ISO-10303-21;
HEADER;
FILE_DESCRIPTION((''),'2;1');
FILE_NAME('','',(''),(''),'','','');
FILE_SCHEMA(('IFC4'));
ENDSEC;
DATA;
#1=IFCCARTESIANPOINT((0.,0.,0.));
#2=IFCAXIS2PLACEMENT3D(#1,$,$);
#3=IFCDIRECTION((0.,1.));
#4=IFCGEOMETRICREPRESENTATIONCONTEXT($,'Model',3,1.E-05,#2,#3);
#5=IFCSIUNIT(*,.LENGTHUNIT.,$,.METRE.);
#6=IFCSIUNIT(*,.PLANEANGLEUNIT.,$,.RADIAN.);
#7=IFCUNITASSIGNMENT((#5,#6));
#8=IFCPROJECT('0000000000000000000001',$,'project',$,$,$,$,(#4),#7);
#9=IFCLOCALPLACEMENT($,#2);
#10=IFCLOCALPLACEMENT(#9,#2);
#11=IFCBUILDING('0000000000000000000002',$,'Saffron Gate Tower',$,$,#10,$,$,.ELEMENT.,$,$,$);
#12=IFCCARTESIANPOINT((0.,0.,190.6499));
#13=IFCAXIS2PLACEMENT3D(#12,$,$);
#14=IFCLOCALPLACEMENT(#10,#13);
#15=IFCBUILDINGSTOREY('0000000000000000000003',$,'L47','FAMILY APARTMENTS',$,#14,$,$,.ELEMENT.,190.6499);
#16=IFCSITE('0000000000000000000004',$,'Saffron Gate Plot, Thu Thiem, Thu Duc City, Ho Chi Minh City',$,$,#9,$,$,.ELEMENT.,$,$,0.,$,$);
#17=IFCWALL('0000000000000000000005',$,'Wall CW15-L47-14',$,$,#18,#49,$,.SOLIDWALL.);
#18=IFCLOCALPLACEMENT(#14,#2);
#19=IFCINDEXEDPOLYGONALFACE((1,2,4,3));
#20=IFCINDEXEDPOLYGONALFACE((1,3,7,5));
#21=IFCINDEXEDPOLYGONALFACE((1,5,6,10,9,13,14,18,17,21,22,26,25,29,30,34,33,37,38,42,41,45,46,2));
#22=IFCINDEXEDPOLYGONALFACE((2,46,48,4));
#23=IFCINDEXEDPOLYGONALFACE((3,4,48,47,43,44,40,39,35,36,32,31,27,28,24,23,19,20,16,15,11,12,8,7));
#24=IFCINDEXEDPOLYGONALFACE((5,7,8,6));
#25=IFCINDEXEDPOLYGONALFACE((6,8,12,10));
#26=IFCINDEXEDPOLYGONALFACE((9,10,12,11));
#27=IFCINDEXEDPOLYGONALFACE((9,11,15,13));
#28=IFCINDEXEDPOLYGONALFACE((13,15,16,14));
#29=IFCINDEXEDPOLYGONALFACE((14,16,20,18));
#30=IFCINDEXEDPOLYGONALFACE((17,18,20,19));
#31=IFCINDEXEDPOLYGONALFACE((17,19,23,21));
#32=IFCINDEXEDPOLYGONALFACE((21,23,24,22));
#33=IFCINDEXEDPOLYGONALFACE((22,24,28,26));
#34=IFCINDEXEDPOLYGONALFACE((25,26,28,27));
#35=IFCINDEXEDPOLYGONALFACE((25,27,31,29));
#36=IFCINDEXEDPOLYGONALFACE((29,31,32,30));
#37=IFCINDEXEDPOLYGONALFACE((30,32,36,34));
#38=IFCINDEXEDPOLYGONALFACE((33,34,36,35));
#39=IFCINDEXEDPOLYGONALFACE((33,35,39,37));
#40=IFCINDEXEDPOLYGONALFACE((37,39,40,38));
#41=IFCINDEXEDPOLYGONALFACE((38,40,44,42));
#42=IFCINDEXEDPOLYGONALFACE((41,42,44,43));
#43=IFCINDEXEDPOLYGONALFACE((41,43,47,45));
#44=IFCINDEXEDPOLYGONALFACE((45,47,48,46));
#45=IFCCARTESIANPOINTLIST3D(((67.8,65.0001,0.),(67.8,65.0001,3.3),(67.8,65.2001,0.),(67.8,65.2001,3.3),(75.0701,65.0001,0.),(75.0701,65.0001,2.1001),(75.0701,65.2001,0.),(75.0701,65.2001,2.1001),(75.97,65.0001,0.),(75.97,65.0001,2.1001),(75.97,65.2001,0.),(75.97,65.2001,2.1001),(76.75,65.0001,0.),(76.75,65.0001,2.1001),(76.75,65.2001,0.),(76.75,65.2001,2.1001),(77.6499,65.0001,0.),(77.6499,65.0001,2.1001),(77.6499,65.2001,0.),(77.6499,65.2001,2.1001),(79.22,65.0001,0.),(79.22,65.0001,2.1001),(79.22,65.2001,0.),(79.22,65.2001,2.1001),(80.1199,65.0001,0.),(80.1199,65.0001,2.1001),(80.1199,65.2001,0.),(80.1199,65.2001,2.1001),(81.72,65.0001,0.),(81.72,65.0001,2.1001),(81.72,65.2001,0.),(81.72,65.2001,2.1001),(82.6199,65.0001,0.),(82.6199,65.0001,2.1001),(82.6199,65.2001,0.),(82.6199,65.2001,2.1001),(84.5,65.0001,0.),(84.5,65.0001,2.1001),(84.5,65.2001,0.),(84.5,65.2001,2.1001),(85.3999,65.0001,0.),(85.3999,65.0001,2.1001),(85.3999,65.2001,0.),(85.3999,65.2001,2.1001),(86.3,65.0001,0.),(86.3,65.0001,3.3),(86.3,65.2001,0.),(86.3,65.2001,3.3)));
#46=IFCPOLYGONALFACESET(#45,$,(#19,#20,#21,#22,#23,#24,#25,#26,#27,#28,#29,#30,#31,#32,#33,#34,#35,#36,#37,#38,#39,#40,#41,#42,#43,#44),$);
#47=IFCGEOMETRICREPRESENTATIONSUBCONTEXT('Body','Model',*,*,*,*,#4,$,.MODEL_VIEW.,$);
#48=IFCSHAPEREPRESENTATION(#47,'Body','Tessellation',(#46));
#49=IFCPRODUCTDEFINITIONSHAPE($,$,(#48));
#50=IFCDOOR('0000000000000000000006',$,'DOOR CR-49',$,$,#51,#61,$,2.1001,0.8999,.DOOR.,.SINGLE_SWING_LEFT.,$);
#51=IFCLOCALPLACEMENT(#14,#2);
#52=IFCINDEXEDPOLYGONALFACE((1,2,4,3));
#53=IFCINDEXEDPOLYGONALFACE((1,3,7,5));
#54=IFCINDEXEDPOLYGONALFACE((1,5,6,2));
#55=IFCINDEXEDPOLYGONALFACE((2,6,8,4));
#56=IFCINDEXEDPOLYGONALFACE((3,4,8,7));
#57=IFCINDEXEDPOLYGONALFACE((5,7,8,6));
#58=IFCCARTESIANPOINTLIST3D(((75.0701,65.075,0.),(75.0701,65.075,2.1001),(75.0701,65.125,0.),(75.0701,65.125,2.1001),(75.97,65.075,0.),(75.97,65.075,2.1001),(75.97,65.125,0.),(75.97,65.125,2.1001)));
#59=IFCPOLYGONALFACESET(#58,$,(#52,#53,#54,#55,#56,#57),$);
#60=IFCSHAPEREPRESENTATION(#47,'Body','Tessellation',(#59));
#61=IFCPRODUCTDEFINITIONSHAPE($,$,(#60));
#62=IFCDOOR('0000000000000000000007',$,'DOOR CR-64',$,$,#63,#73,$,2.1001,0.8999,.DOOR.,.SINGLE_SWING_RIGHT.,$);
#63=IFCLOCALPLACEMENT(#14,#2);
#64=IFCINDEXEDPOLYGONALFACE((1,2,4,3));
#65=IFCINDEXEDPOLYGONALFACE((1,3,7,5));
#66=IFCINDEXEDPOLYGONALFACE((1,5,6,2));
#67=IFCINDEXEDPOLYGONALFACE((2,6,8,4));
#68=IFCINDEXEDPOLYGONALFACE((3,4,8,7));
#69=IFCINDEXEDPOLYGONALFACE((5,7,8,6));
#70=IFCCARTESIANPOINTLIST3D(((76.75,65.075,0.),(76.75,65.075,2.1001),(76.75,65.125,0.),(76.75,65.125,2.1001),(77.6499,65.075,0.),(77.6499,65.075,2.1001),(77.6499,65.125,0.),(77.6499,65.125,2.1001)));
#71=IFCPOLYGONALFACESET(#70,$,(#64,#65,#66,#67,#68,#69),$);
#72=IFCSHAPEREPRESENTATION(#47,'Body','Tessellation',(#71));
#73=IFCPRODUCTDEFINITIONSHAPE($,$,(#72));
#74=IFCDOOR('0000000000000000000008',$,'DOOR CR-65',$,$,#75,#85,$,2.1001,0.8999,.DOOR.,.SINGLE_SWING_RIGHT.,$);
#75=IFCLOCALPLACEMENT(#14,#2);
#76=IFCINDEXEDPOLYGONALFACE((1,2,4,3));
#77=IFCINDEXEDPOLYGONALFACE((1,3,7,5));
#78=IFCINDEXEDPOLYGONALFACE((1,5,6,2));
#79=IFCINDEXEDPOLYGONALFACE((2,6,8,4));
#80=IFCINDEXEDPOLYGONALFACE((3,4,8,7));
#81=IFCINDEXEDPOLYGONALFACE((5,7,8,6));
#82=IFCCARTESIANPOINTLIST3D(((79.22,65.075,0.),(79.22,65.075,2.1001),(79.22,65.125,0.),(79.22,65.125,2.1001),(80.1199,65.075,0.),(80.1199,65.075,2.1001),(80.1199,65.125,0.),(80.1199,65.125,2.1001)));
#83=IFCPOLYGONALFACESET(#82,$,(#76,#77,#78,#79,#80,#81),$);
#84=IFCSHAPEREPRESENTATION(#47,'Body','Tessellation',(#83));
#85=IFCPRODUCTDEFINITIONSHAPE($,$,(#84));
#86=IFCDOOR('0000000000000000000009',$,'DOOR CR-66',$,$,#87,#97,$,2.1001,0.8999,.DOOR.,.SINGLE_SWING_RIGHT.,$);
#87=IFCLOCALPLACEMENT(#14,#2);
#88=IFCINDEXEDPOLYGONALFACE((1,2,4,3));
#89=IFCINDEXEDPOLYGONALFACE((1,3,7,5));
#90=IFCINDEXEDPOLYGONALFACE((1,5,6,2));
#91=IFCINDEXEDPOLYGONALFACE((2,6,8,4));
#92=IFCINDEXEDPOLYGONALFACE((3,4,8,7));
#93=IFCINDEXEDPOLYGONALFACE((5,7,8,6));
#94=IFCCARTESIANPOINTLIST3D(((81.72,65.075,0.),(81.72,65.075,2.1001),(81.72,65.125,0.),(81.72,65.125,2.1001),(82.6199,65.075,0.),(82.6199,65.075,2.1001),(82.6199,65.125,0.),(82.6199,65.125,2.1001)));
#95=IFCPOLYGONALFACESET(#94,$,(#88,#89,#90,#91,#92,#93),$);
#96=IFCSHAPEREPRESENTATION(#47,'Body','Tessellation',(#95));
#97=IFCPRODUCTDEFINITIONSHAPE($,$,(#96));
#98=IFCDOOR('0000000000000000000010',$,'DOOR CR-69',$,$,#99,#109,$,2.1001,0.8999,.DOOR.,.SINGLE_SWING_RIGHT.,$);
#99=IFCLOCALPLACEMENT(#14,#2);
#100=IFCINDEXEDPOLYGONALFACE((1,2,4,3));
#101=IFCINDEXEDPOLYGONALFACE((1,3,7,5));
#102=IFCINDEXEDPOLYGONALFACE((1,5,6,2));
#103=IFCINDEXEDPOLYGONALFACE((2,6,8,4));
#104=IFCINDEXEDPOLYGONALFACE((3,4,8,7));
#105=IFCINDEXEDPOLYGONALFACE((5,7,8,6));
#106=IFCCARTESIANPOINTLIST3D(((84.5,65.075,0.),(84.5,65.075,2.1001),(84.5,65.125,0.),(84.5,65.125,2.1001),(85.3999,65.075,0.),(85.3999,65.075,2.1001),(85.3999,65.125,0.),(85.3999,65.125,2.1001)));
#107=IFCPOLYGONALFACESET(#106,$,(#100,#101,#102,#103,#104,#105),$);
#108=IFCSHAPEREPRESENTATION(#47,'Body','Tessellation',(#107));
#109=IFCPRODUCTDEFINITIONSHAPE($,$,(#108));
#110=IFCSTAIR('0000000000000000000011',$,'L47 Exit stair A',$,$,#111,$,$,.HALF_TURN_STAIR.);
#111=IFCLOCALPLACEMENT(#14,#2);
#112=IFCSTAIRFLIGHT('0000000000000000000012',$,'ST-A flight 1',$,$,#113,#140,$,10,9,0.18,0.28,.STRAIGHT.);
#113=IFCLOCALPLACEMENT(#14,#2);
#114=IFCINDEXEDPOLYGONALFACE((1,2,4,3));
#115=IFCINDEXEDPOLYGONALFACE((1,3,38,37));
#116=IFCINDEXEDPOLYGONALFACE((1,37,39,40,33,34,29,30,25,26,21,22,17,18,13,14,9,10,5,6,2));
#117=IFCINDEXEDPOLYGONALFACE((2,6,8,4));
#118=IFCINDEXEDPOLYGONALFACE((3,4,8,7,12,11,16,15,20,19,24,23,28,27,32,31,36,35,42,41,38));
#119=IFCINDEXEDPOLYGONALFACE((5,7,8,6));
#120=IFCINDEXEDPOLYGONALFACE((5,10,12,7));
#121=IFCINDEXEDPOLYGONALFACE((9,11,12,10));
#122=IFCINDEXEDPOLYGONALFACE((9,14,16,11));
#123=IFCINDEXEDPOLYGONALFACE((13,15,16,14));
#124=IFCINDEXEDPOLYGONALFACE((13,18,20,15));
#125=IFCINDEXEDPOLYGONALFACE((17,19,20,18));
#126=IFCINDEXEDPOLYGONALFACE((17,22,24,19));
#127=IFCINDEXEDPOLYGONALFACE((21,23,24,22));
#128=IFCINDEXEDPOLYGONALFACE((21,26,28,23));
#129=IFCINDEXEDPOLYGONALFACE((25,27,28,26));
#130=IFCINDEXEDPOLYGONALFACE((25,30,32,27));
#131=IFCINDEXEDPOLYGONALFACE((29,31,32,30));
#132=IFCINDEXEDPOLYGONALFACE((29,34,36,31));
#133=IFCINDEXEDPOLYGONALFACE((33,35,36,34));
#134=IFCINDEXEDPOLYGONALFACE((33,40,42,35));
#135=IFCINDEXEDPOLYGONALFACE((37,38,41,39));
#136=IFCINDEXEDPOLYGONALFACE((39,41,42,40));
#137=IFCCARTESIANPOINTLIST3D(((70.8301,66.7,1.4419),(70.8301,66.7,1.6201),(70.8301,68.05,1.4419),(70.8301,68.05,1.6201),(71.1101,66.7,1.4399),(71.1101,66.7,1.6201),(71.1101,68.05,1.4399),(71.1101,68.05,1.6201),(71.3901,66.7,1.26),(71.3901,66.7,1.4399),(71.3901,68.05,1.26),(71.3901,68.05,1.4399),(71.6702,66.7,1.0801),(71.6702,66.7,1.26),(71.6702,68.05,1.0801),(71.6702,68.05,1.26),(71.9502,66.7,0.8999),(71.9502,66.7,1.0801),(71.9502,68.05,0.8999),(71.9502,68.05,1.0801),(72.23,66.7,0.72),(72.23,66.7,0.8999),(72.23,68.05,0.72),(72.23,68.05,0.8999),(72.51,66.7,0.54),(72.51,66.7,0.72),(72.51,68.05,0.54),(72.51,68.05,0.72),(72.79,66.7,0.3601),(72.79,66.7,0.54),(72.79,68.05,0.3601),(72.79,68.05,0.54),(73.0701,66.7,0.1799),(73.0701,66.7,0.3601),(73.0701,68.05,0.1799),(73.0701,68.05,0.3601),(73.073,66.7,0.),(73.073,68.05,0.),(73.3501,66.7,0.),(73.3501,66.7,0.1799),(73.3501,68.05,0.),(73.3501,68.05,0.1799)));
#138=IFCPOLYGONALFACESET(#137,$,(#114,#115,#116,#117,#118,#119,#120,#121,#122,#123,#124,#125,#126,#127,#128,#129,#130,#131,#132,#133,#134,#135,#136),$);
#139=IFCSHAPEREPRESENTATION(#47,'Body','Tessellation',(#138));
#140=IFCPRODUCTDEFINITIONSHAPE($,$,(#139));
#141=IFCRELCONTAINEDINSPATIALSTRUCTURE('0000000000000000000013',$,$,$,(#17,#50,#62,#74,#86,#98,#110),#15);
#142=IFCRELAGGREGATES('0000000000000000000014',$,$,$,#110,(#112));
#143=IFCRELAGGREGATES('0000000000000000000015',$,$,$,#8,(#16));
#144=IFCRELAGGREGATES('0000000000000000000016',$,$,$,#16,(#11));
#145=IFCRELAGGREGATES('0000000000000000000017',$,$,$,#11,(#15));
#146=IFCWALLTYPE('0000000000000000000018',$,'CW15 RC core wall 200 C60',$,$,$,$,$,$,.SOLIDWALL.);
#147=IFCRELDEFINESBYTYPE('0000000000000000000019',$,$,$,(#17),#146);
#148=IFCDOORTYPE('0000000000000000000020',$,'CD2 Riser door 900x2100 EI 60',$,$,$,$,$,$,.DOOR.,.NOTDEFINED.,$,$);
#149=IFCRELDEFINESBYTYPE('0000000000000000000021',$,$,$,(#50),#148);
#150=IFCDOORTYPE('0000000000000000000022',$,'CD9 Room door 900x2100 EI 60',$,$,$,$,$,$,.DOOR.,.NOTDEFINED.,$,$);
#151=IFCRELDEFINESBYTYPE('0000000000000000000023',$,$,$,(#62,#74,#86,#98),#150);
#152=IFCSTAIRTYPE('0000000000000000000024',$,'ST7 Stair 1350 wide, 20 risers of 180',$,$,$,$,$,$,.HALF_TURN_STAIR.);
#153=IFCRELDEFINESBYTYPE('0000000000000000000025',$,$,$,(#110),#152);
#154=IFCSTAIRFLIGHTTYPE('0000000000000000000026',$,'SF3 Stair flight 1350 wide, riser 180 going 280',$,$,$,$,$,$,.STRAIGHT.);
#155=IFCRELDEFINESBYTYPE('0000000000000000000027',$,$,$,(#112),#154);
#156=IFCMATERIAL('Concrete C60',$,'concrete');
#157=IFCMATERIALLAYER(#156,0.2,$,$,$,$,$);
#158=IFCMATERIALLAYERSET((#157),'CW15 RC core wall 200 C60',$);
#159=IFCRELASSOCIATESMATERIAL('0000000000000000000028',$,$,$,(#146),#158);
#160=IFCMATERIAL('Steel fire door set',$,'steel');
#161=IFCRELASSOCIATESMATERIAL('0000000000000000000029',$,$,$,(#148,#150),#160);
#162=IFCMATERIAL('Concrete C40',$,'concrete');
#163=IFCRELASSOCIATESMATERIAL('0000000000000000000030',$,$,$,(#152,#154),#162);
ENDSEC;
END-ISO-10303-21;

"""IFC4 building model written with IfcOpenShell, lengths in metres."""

from ifc_helpers import new_model, si_unit, direction, frame, frame_2d, origin, place, context, subcontext, project, spatial, polyline, rectangle, outline, extrude, material, layer, layer_set, type_object, element, fill, aggregate, save


model = new_model("IFC4")

# Units and contexts
model_context = context("Model", 3, precision=1e-05, world=origin(), true_north=direction((0.0, 1.0)))
body_context = subcontext(model_context, "Body", "Model", "MODEL_VIEW")
ifc_project = project(units=[si_unit("LENGTHUNIT", "METRE"), si_unit("PLANEANGLEUNIT", "RADIAN")], contexts=[model_context])

# Site, building, storey
site_placement = place(None, origin())
site = spatial("IfcSite", under=ifc_project, at=site_placement, Name="Saffron Gate Plot, Thu Thiem, Thu Duc City, Ho Chi Minh City", CompositionType="ELEMENT", RefElevation=0.0)
building_placement = place(site_placement, origin())
building = spatial("IfcBuilding", under=site, at=building_placement, Name="Saffron Gate Tower", CompositionType="ELEMENT")
storey_placement = place(building_placement, frame((0.0, 0.0, 190.6499)))
storey = spatial("IfcBuildingStorey", under=building, at=storey_placement, Name="L47", Description="FAMILY APARTMENTS", CompositionType="ELEMENT", Elevation=190.6499)

# Shared definitions
ifc_material_1 = material(Name="Concrete C60", Category="concrete")
ifc_material_2 = material(Name="Steel fire door set", Category="steel")

# Wall, openings, doors
ifc_layer_1 = layer(ifc_material_1, 0.2)
ifc_layer_set_1 = layer_set([ifc_layer_1], Name="CW15 RC core wall 200 C60")
wall_type_1 = type_object("IfcWallType", Name="CW15 RC core wall 200 C60", PredefinedType="SOLIDWALL", material=ifc_layer_set_1)
wall_1_placement = place(storey_placement, frame((67.8, 65.1001, 0.0), z_axis=(0.0, 0.0, 1.0), x_axis=(1.0, 0.0, 0.0)))
wall_1 = element("IfcWall", 1, at=wall_1_placement, inside=storey, type_object=wall_type_1, Name="Wall CW15-L47-14", PredefinedType="SOLIDWALL", context=body_context, shape_type="SweptSolid", body=[
    extrude(rectangle(XDim=18.5, YDim=0.2, at=frame_2d((9.25, 0.0))), origin(), (0.0, 0.0, 1.0), 3.3),
])
opening_1_placement = place(wall_1_placement, frame((7.27, 0.0, 0.0)))
opening_1 = element("IfcOpeningElement", 2, at=opening_1_placement, cuts=wall_1, PredefinedType="OPENING", context=body_context, shape_type="SweptSolid", body=[
    extrude(rectangle(XDim=0.8999, YDim=2.1001, at=frame_2d((0.45, 1.05))), frame((0.0, 0.1099, 0.0), z_axis=(0.0, -1.0, 0.0), x_axis=(1.0, 0.0, 0.0)), (0.0, 0.0, 1.0), 0.22),
])
opening_2_placement = place(wall_1_placement, frame((8.95, 0.0, 0.0)))
opening_2 = element("IfcOpeningElement", 3, at=opening_2_placement, cuts=wall_1, PredefinedType="OPENING", context=body_context, shape_type="SweptSolid", body=[
    extrude(rectangle(XDim=0.8999, YDim=2.1001, at=frame_2d((0.45, 1.05))), frame((0.0, 0.1099, 0.0), z_axis=(0.0, -1.0, 0.0), x_axis=(1.0, 0.0, 0.0)), (0.0, 0.0, 1.0), 0.22),
])
opening_3_placement = place(wall_1_placement, frame((11.4199, 0.0, 0.0)))
opening_3 = element("IfcOpeningElement", 4, at=opening_3_placement, cuts=wall_1, PredefinedType="OPENING", context=body_context, shape_type="SweptSolid", body=[
    extrude(rectangle(XDim=0.8999, YDim=2.1001, at=frame_2d((0.45, 1.05))), frame((0.0, 0.1099, 0.0), z_axis=(0.0, -1.0, 0.0), x_axis=(1.0, 0.0, 0.0)), (0.0, 0.0, 1.0), 0.22),
])
opening_4_placement = place(wall_1_placement, frame((13.9199, 0.0, 0.0)))
opening_4 = element("IfcOpeningElement", 5, at=opening_4_placement, cuts=wall_1, PredefinedType="OPENING", context=body_context, shape_type="SweptSolid", body=[
    extrude(rectangle(XDim=0.8999, YDim=2.1001, at=frame_2d((0.45, 1.05))), frame((0.0, 0.1099, 0.0), z_axis=(0.0, -1.0, 0.0), x_axis=(1.0, 0.0, 0.0)), (0.0, 0.0, 1.0), 0.22),
])
opening_5_placement = place(wall_1_placement, frame((16.7, 0.0, 0.0)))
opening_5 = element("IfcOpeningElement", 6, at=opening_5_placement, cuts=wall_1, PredefinedType="OPENING", context=body_context, shape_type="SweptSolid", body=[
    extrude(rectangle(XDim=0.8999, YDim=2.1001, at=frame_2d((0.45, 1.05))), frame((0.0, 0.1099, 0.0), z_axis=(0.0, -1.0, 0.0), x_axis=(1.0, 0.0, 0.0)), (0.0, 0.0, 1.0), 0.22),
])
door_type_1 = type_object("IfcDoorType", Name="CD2 Riser door 900x2100 EI 60", OperationType="NOTDEFINED", PredefinedType="DOOR", material=ifc_material_2)
door_1_placement = place(opening_1_placement, origin())
door_1 = element("IfcDoor", 7, at=door_1_placement, inside=storey, type_object=door_type_1, Name="DOOR CR-49", OperationType="SINGLE_SWING_LEFT", OverallHeight=2.1001, OverallWidth=0.8999, PredefinedType="DOOR", context=body_context, shape_type="SweptSolid", body=[
    extrude(rectangle(XDim=0.8999, YDim=2.1001, at=frame_2d((0.45, 1.05))), frame((0.0, 0.0249, 0.0), z_axis=(0.0, -1.0, 0.0), x_axis=(1.0, 0.0, 0.0)), (0.0, 0.0, 1.0), 0.05),
])
fill(opening_1, door_1)
door_type_2 = type_object("IfcDoorType", Name="CD9 Room door 900x2100 EI 60", OperationType="NOTDEFINED", PredefinedType="DOOR", material=ifc_material_2)
door_2_placement = place(opening_2_placement, origin())
door_2 = element("IfcDoor", 8, at=door_2_placement, inside=storey, type_object=door_type_2, Name="DOOR CR-64", OperationType="SINGLE_SWING_RIGHT", OverallHeight=2.1001, OverallWidth=0.8999, PredefinedType="DOOR", context=body_context, shape_type="SweptSolid", body=[
    extrude(rectangle(XDim=0.8999, YDim=2.1001, at=frame_2d((0.45, 1.05))), frame((0.0, 0.0249, 0.0), z_axis=(0.0, -1.0, 0.0), x_axis=(1.0, 0.0, 0.0)), (0.0, 0.0, 1.0), 0.05),
])
fill(opening_2, door_2)
door_3_placement = place(opening_3_placement, origin())
door_3 = element("IfcDoor", 9, at=door_3_placement, inside=storey, type_object=door_type_2, Name="DOOR CR-65", OperationType="SINGLE_SWING_RIGHT", OverallHeight=2.1001, OverallWidth=0.8999, PredefinedType="DOOR", context=body_context, shape_type="SweptSolid", body=[
    extrude(rectangle(XDim=0.8999, YDim=2.1001, at=frame_2d((0.45, 1.05))), frame((0.0, 0.0249, 0.0), z_axis=(0.0, -1.0, 0.0), x_axis=(1.0, 0.0, 0.0)), (0.0, 0.0, 1.0), 0.05),
])
fill(opening_3, door_3)
door_4_placement = place(opening_4_placement, origin())
door_4 = element("IfcDoor", 10, at=door_4_placement, inside=storey, type_object=door_type_2, Name="DOOR CR-66", OperationType="SINGLE_SWING_RIGHT", OverallHeight=2.1001, OverallWidth=0.8999, PredefinedType="DOOR", context=body_context, shape_type="SweptSolid", body=[
    extrude(rectangle(XDim=0.8999, YDim=2.1001, at=frame_2d((0.45, 1.05))), frame((0.0, 0.0249, 0.0), z_axis=(0.0, -1.0, 0.0), x_axis=(1.0, 0.0, 0.0)), (0.0, 0.0, 1.0), 0.05),
])
fill(opening_4, door_4)
door_5_placement = place(opening_5_placement, origin())
door_5 = element("IfcDoor", 11, at=door_5_placement, inside=storey, type_object=door_type_2, Name="DOOR CR-69", OperationType="SINGLE_SWING_RIGHT", OverallHeight=2.1001, OverallWidth=0.8999, PredefinedType="DOOR", context=body_context, shape_type="SweptSolid", body=[
    extrude(rectangle(XDim=0.8999, YDim=2.1001, at=frame_2d((0.45, 1.05))), frame((0.0, 0.0249, 0.0), z_axis=(0.0, -1.0, 0.0), x_axis=(1.0, 0.0, 0.0)), (0.0, 0.0, 1.0), 0.05),
])
fill(opening_5, door_5)

# Stair, stair flight
ifc_material_3 = material(Name="Concrete C40", Category="concrete")
stair_type = type_object("IfcStairType", Name="ST7 Stair 1350 wide, 20 risers of 180", PredefinedType="HALF_TURN_STAIR", material=ifc_material_3)
stair_placement = place(storey_placement, origin())
stair = element("IfcStair", 12, at=stair_placement, inside=storey, type_object=stair_type, Name="L47 Exit stair A", PredefinedType="HALF_TURN_STAIR")
stair_flight_type = type_object("IfcStairFlightType", Name="SF3 Stair flight 1350 wide, riser 180 going 280", PredefinedType="STRAIGHT", material=ifc_material_3)
stair_flight_1_placement = place(storey_placement, frame((73.3501, 67.375, 0.0), z_axis=(0.0, 0.0, 1.0), x_axis=(-1.0, 0.0, 0.0)))
stair_flight_1 = element("IfcStairFlight", 13, at=stair_flight_1_placement, type_object=stair_flight_type, Name="ST-A flight 1", NumberOfRisers=10, NumberOfTreads=9, PredefinedType="STRAIGHT", RiserHeight=0.18, TreadLength=0.28, context=body_context, shape_type="SweptSolid", body=[
    extrude(outline(polyline([(0.0, 0.0), (0.0, 0.1799), (0.28, 0.1799), (0.28, 0.3601), (0.5601, 0.3601), (0.5601, 0.54), (0.8401, 0.54), (0.8401, 0.72), (1.1201, 0.72), (1.1201, 0.8999), (1.3999, 0.8999), (1.3999, 1.0801), (1.6799, 1.0801), (1.6799, 1.26), (1.96, 1.26), (1.96, 1.4399), (2.24, 1.4399), (2.24, 1.6201), (2.52, 1.6201), (2.52, 1.8), (2.52, 1.4419), (0.2771, 0.0), (0.0, 0.0)])), frame((0.0, 0.675, 0.0), z_axis=(0.0, -1.0, 0.0), x_axis=(1.0, 0.0, 0.0)), (0.0, 0.0, 1.0), 1.3501),
])
aggregate(stair, [stair_flight_1])

save(model, "model.ifc")
